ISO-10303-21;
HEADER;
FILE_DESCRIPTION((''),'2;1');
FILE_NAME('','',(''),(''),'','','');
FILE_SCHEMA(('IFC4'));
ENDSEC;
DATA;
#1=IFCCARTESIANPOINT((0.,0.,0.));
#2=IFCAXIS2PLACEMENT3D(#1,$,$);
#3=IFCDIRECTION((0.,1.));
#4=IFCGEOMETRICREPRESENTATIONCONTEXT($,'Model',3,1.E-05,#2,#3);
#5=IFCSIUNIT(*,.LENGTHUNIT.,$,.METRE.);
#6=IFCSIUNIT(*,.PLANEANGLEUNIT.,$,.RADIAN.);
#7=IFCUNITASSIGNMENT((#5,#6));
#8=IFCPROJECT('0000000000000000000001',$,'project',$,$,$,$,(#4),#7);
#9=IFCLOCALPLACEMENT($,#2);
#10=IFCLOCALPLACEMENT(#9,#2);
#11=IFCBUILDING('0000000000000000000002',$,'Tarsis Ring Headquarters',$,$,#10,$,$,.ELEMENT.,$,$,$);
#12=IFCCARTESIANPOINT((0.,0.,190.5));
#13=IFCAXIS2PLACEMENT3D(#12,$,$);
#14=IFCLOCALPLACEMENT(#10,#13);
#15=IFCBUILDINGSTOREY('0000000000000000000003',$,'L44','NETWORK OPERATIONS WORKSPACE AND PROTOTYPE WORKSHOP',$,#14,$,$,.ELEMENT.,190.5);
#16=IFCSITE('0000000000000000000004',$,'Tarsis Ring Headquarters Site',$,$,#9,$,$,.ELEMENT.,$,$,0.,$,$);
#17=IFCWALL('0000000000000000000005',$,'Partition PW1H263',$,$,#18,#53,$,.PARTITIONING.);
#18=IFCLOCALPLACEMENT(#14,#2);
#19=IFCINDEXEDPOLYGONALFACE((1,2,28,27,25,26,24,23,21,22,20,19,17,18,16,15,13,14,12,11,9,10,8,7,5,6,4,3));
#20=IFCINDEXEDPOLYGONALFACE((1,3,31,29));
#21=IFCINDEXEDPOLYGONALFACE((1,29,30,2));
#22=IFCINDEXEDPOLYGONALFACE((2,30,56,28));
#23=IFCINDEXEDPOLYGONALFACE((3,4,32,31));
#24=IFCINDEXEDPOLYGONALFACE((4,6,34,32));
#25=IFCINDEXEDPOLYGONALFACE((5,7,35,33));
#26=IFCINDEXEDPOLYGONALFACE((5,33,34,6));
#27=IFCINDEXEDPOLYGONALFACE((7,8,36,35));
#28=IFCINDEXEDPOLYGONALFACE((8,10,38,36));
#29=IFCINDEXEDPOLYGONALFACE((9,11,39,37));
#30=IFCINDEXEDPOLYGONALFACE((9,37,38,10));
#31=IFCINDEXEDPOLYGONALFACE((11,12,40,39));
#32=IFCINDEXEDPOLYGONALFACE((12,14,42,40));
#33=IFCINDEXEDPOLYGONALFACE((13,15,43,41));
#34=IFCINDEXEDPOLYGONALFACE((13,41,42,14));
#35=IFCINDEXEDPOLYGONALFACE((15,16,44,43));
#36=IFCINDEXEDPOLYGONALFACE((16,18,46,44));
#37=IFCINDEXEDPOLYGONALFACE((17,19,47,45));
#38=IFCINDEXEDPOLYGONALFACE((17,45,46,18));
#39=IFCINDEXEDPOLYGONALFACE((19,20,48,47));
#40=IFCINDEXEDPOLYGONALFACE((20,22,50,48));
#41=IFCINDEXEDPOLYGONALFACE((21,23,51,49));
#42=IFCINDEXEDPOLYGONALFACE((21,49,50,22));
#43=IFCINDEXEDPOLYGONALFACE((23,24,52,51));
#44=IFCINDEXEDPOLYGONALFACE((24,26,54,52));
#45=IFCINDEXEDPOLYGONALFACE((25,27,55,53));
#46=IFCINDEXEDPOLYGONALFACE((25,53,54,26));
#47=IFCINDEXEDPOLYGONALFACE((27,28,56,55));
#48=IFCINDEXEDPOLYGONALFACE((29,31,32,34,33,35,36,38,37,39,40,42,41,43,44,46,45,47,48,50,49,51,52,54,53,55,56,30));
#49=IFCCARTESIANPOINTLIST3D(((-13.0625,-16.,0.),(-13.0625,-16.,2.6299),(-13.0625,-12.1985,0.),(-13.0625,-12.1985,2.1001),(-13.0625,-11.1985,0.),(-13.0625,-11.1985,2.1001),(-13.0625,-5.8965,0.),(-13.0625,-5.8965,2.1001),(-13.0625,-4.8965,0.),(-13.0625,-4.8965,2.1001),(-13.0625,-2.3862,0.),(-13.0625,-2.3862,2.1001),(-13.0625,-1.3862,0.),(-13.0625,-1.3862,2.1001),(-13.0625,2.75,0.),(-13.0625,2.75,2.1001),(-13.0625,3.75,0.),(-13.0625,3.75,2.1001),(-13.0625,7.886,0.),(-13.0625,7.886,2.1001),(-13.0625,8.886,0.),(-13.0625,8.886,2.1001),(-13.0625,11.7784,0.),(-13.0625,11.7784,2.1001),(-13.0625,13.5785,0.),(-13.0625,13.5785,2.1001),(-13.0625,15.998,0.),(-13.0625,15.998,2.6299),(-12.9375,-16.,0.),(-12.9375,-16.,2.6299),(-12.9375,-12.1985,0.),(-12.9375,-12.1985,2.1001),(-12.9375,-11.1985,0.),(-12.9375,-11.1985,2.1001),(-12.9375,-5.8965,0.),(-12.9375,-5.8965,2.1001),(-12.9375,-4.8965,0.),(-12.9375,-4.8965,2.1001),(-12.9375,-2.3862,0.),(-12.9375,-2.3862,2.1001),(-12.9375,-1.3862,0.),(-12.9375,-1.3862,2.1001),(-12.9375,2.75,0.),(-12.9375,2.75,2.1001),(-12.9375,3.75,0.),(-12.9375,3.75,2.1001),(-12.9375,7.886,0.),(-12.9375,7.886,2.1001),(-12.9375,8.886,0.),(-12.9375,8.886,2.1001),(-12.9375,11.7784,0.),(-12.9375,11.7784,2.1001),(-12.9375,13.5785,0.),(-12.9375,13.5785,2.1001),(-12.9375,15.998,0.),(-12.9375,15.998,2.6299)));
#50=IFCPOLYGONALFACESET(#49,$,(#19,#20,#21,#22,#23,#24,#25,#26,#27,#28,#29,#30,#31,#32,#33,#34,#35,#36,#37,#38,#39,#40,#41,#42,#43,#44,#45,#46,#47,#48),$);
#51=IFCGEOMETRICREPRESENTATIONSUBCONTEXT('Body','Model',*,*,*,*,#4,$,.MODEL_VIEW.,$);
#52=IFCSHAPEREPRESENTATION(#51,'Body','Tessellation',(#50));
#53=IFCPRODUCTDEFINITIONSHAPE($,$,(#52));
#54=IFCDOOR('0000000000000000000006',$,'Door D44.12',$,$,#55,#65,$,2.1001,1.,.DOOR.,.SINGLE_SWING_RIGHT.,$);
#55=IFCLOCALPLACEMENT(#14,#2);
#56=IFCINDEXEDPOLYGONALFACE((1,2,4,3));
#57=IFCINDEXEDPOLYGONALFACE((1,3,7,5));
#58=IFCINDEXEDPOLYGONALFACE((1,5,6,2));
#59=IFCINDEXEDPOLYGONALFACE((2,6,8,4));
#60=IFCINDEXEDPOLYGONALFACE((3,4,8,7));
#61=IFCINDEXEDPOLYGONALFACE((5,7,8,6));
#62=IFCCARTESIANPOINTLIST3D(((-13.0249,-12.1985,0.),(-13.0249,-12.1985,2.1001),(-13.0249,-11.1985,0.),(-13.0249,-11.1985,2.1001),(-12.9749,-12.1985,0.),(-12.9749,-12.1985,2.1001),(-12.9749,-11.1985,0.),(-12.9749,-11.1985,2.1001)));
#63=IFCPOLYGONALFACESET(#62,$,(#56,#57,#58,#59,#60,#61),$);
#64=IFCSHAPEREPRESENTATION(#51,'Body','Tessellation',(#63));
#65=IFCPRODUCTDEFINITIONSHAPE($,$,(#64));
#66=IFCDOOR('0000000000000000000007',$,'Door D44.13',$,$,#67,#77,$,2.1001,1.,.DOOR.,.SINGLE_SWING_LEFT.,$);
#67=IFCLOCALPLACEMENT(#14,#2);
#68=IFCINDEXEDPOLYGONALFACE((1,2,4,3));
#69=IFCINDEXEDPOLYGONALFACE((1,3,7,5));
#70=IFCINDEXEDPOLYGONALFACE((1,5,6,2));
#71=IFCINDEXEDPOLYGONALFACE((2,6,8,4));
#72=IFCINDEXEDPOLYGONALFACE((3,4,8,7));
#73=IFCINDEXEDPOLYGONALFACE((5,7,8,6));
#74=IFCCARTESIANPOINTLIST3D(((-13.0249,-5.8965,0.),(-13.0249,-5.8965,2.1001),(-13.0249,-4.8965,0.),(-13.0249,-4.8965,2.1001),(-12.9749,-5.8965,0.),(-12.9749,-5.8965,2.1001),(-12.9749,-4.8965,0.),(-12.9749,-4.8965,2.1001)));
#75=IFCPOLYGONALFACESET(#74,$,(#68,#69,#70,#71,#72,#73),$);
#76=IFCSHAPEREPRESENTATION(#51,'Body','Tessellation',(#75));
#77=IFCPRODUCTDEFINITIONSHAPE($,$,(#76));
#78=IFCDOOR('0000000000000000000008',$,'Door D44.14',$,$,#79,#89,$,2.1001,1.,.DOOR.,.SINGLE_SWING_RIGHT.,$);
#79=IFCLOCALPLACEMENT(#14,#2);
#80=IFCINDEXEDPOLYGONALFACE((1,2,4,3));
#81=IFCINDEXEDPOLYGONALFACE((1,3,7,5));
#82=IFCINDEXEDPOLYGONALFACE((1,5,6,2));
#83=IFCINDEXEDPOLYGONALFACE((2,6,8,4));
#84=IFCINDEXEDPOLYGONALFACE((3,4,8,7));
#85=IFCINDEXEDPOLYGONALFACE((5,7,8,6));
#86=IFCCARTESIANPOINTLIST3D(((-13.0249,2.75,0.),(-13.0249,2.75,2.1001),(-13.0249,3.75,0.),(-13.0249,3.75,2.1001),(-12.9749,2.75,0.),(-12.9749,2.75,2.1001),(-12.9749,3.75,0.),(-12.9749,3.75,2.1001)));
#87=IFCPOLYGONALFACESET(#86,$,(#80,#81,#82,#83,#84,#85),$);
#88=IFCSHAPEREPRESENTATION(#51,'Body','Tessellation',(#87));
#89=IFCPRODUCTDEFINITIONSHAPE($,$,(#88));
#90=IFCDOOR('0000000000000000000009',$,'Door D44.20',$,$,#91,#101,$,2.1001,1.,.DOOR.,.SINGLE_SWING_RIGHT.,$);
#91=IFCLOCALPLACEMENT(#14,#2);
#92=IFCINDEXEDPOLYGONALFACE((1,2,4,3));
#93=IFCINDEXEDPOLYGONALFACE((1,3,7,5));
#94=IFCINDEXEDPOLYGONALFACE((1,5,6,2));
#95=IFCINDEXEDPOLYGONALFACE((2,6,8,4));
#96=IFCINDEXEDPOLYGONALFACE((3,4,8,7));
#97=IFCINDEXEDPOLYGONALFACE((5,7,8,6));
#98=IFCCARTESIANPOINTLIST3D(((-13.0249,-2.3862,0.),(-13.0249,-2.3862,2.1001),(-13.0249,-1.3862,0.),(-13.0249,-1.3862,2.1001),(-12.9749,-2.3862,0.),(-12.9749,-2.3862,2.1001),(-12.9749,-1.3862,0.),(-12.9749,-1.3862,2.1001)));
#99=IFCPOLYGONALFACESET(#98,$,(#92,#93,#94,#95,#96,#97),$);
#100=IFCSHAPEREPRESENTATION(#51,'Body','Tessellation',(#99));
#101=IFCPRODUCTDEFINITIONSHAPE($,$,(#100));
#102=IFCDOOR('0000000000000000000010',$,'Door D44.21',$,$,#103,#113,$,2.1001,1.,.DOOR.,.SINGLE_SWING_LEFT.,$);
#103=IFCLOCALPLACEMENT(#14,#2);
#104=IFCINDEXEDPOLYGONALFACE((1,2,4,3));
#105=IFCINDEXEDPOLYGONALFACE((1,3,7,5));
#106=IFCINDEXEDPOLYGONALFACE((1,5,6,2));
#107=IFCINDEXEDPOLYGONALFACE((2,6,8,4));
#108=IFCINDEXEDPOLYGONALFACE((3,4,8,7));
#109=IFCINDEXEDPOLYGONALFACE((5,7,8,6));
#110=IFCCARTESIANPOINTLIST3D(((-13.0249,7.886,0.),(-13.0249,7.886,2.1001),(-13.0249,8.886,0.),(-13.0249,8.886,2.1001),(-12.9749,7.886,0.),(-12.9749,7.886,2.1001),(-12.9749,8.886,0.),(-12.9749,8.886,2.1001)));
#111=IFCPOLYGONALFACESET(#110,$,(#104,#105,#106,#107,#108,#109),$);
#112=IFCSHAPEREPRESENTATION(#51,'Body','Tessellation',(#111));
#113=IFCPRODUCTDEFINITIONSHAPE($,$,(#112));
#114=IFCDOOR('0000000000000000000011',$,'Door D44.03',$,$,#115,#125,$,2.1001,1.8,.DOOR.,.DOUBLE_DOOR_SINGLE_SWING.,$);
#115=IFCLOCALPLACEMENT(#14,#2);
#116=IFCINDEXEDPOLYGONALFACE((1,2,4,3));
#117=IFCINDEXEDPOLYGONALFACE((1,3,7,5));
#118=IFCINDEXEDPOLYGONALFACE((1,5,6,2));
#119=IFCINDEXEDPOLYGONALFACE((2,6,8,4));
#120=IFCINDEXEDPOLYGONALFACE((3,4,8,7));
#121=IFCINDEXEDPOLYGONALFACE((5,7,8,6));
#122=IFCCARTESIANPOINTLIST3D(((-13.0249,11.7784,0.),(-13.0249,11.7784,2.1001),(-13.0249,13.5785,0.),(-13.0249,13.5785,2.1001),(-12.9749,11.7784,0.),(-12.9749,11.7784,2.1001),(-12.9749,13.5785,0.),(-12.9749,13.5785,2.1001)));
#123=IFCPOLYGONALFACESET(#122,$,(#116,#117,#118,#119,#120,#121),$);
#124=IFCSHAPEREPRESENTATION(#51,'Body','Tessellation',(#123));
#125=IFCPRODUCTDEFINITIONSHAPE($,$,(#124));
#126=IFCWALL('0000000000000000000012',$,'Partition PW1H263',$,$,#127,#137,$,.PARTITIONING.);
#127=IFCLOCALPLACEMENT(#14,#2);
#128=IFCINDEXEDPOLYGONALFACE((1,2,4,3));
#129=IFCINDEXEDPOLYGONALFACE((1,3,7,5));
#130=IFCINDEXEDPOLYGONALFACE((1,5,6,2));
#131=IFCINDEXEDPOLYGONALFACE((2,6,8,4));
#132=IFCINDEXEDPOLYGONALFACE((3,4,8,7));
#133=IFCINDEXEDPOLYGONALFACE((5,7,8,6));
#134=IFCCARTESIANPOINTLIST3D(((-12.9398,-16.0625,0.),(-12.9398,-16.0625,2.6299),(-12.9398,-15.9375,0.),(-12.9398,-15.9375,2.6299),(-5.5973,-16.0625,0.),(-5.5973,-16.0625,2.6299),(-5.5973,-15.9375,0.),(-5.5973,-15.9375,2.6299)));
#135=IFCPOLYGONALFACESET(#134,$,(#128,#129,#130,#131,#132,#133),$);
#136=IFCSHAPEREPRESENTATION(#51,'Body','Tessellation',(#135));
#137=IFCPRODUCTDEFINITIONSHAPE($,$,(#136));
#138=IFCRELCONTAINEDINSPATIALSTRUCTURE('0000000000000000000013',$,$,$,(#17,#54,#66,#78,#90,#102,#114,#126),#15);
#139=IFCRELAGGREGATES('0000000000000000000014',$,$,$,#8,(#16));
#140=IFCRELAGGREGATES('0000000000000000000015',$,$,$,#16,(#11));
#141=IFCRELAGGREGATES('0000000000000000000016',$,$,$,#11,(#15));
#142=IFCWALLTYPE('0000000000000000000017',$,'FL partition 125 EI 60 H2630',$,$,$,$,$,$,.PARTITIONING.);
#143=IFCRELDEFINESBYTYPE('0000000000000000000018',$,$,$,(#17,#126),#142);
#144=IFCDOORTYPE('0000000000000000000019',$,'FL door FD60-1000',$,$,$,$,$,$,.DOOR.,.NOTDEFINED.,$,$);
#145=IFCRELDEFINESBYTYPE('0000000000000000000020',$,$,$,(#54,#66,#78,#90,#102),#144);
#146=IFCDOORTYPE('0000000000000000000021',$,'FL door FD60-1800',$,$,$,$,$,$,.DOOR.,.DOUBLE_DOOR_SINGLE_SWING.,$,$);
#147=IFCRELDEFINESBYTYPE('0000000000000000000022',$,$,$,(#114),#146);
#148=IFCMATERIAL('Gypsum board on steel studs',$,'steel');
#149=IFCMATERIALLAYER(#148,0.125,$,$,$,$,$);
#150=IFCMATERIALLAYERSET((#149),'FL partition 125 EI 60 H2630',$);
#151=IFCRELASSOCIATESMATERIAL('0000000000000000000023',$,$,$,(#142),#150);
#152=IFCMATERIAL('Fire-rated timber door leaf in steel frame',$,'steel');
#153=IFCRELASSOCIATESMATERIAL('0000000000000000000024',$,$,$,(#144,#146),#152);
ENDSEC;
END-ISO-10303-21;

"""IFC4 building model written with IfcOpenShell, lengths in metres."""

from ifc_helpers import new_model, si_unit, direction, frame, frame_2d, origin, place, context, subcontext, project, spatial, rectangle, extrude, material, layer, layer_set, type_object, element, fill, save


model = new_model("IFC4")

# Units and contexts
model_context = context("Model", 3, precision=1e-05, world=origin(), true_north=direction((0.0, 1.0)))
body_context = subcontext(model_context, "Body", "Model", "MODEL_VIEW")
ifc_project = project(units=[si_unit("LENGTHUNIT", "METRE"), si_unit("PLANEANGLEUNIT", "RADIAN")], contexts=[model_context])

# Site, building, storey
site_placement = place(None, origin())
site = spatial("IfcSite", under=ifc_project, at=site_placement, Name="Tarsis Ring Headquarters Site", CompositionType="ELEMENT", RefElevation=0.0)
building_placement = place(site_placement, origin())
building = spatial("IfcBuilding", under=site, at=building_placement, Name="Tarsis Ring Headquarters", CompositionType="ELEMENT")
storey_placement = place(building_placement, frame((0.0, 0.0, 190.5)))
storey = spatial("IfcBuildingStorey", under=building, at=storey_placement, Name="L44", Description="NETWORK OPERATIONS WORKSPACE AND PROTOTYPE WORKSHOP", CompositionType="ELEMENT", Elevation=190.5)

# Shared definitions
ifc_material_1 = material(Name="Gypsum board on steel studs", Category="steel")

# Wall, openings, doors
ifc_layer_1 = layer(ifc_material_1, 0.125)
ifc_layer_set_1 = layer_set([ifc_layer_1], Name="FL partition 125 EI 60 H2630")
wall_type_1 = type_object("IfcWallType", Name="FL partition 125 EI 60 H2630", PredefinedType="PARTITIONING", material=ifc_layer_set_1)
wall_1_placement = place(storey_placement, frame((-13.0, -16.0, 0.0), z_axis=(0.0, 0.0, 1.0), x_axis=(0.0, 1.0, 0.0)))
wall_1 = element("IfcWall", 1, at=wall_1_placement, inside=storey, type_object=wall_type_1, Name="Partition PW1H263", PredefinedType="PARTITIONING", context=body_context, shape_type="SweptSolid", body=[
    extrude(rectangle(XDim=31.998, YDim=0.125, at=frame_2d((15.999, 0.0))), origin(), (0.0, 0.0, 1.0), 2.6299),
])
opening_1_placement = place(wall_1_placement, frame((27.7786, 0.0, 0.0)))
opening_1 = element("IfcOpeningElement", 2, at=opening_1_placement, cuts=wall_1, PredefinedType="OPENING", context=body_context, shape_type="SweptSolid", body=[
    extrude(rectangle(XDim=1.8, YDim=2.1001, at=frame_2d((0.8999, 1.05))), frame((0.0, 0.0725, 0.0), z_axis=(0.0, -1.0, 0.0), x_axis=(1.0, 0.0, 0.0)), (0.0, 0.0, 1.0), 0.145),
])
opening_2_placement = place(wall_1_placement, frame((3.8015, 0.0, 0.0)))
opening_2 = element("IfcOpeningElement", 3, at=opening_2_placement, cuts=wall_1, PredefinedType="OPENING", context=body_context, shape_type="SweptSolid", body=[
    extrude(rectangle(XDim=1.0, YDim=2.1001, at=frame_2d((0.5, 1.05))), frame((0.0, 0.0725, 0.0), z_axis=(0.0, -1.0, 0.0), x_axis=(1.0, 0.0, 0.0)), (0.0, 0.0, 1.0), 0.145),
])
opening_3_placement = place(wall_1_placement, frame((10.1035, 0.0, 0.0)))
opening_3 = element("IfcOpeningElement", 4, at=opening_3_placement, cuts=wall_1, PredefinedType="OPENING", context=body_context, shape_type="SweptSolid", body=[
    extrude(rectangle(XDim=1.0, YDim=2.1001, at=frame_2d((0.5, 1.05))), frame((0.0, 0.0725, 0.0), z_axis=(0.0, -1.0, 0.0), x_axis=(1.0, 0.0, 0.0)), (0.0, 0.0, 1.0), 0.145),
])
opening_4_placement = place(wall_1_placement, frame((18.75, 0.0, 0.0)))
opening_4 = element("IfcOpeningElement", 5, at=opening_4_placement, cuts=wall_1, PredefinedType="OPENING", context=body_context, shape_type="SweptSolid", body=[
    extrude(rectangle(XDim=1.0, YDim=2.1001, at=frame_2d((0.5, 1.05))), frame((0.0, 0.0725, 0.0), z_axis=(0.0, -1.0, 0.0), x_axis=(1.0, 0.0, 0.0)), (0.0, 0.0, 1.0), 0.145),
])
opening_5_placement = place(wall_1_placement, frame((13.6138, 0.0, 0.0)))
opening_5 = element("IfcOpeningElement", 6, at=opening_5_placement, cuts=wall_1, PredefinedType="OPENING", context=body_context, shape_type="SweptSolid", body=[
    extrude(rectangle(XDim=1.0, YDim=2.1001, at=frame_2d((0.5, 1.05))), frame((0.0, 0.0725, 0.0), z_axis=(0.0, -1.0, 0.0), x_axis=(1.0, 0.0, 0.0)), (0.0, 0.0, 1.0), 0.145),
])
opening_6_placement = place(wall_1_placement, frame((23.886, 0.0, 0.0)))
opening_6 = element("IfcOpeningElement", 7, at=opening_6_placement, cuts=wall_1, PredefinedType="OPENING", context=body_context, shape_type="SweptSolid", body=[
    extrude(rectangle(XDim=1.0, YDim=2.1001, at=frame_2d((0.5, 1.05))), frame((0.0, 0.0725, 0.0), z_axis=(0.0, -1.0, 0.0), x_axis=(1.0, 0.0, 0.0)), (0.0, 0.0, 1.0), 0.145),
])
ifc_material_2 = material(Name="Fire-rated timber door leaf in steel frame", Category="steel")
door_type_1 = type_object("IfcDoorType", Name="FL door FD60-1000", OperationType="NOTDEFINED", PredefinedType="DOOR", material=ifc_material_2)
door_1_placement = place(opening_2_placement, origin())
door_1 = element("IfcDoor", 8, at=door_1_placement, inside=storey, type_object=door_type_1, Name="Door D44.12", OperationType="SINGLE_SWING_RIGHT", OverallHeight=2.1001, OverallWidth=1.0, PredefinedType="DOOR", context=body_context, shape_type="SweptSolid", body=[
    extrude(rectangle(XDim=1.0, YDim=2.1001, at=frame_2d((0.5, 1.05))), frame((0.0, 0.0249, 0.0), z_axis=(0.0, -1.0, 0.0), x_axis=(1.0, 0.0, 0.0)), (0.0, 0.0, 1.0), 0.05),
])
fill(opening_2, door_1)
door_2_placement = place(opening_3_placement, origin())
door_2 = element("IfcDoor", 9, at=door_2_placement, inside=storey, type_object=door_type_1, Name="Door D44.13", OperationType="SINGLE_SWING_LEFT", OverallHeight=2.1001, OverallWidth=1.0, PredefinedType="DOOR", context=body_context, shape_type="SweptSolid", body=[
    extrude(rectangle(XDim=1.0, YDim=2.1001, at=frame_2d((0.5, 1.05))), frame((0.0, 0.0249, 0.0), z_axis=(0.0, -1.0, 0.0), x_axis=(1.0, 0.0, 0.0)), (0.0, 0.0, 1.0), 0.05),
])
fill(opening_3, door_2)
door_3_placement = place(opening_4_placement, origin())
door_3 = element("IfcDoor", 10, at=door_3_placement, inside=storey, type_object=door_type_1, Name="Door D44.14", OperationType="SINGLE_SWING_RIGHT", OverallHeight=2.1001, OverallWidth=1.0, PredefinedType="DOOR", context=body_context, shape_type="SweptSolid", body=[
    extrude(rectangle(XDim=1.0, YDim=2.1001, at=frame_2d((0.5, 1.05))), frame((0.0, 0.0249, 0.0), z_axis=(0.0, -1.0, 0.0), x_axis=(1.0, 0.0, 0.0)), (0.0, 0.0, 1.0), 0.05),
])
fill(opening_4, door_3)
door_4_placement = place(opening_5_placement, origin())
door_4 = element("IfcDoor", 11, at=door_4_placement, inside=storey, type_object=door_type_1, Name="Door D44.20", OperationType="SINGLE_SWING_RIGHT", OverallHeight=2.1001, OverallWidth=1.0, PredefinedType="DOOR", context=body_context, shape_type="SweptSolid", body=[
    extrude(rectangle(XDim=1.0, YDim=2.1001, at=frame_2d((0.5, 1.05))), frame((0.0, 0.0249, 0.0), z_axis=(0.0, -1.0, 0.0), x_axis=(1.0, 0.0, 0.0)), (0.0, 0.0, 1.0), 0.05),
])
fill(opening_5, door_4)
door_5_placement = place(opening_6_placement, origin())
door_5 = element("IfcDoor", 12, at=door_5_placement, inside=storey, type_object=door_type_1, Name="Door D44.21", OperationType="SINGLE_SWING_LEFT", OverallHeight=2.1001, OverallWidth=1.0, PredefinedType="DOOR", context=body_context, shape_type="SweptSolid", body=[
    extrude(rectangle(XDim=1.0, YDim=2.1001, at=frame_2d((0.5, 1.05))), frame((0.0, 0.0249, 0.0), z_axis=(0.0, -1.0, 0.0), x_axis=(1.0, 0.0, 0.0)), (0.0, 0.0, 1.0), 0.05),
])
fill(opening_6, door_5)
door_type_2 = type_object("IfcDoorType", Name="FL door FD60-1800", OperationType="DOUBLE_DOOR_SINGLE_SWING", PredefinedType="DOOR", material=ifc_material_2)
door_6_placement = place(opening_1_placement, origin())
door_6 = element("IfcDoor", 13, at=door_6_placement, inside=storey, type_object=door_type_2, Name="Door D44.03", OperationType="DOUBLE_DOOR_SINGLE_SWING", OverallHeight=2.1001, OverallWidth=1.8, PredefinedType="DOOR", context=body_context, shape_type="SweptSolid", body=[
    extrude(rectangle(XDim=1.8, YDim=2.1001, at=frame_2d((0.8999, 1.05))), frame((0.0, 0.0249, 0.0), z_axis=(0.0, -1.0, 0.0), x_axis=(1.0, 0.0, 0.0)), (0.0, 0.0, 1.0), 0.05),
])
fill(opening_1, door_6)

# Wall
wall_2_placement = place(storey_placement, frame((-12.9399, -16.0, 0.0), z_axis=(0.0, 0.0, 1.0), x_axis=(1.0, 0.0, 0.0)))
element("IfcWall", 14, at=wall_2_placement, inside=storey, type_object=wall_type_1, Name="Partition PW1H263", PredefinedType="PARTITIONING", context=body_context, shape_type="SweptSolid", body=[
    extrude(rectangle(XDim=7.3425, YDim=0.125, at=frame_2d((3.6714, 0.0))), origin(), (0.0, 0.0, 1.0), 2.6299),
])

save(model, "model.ifc")
